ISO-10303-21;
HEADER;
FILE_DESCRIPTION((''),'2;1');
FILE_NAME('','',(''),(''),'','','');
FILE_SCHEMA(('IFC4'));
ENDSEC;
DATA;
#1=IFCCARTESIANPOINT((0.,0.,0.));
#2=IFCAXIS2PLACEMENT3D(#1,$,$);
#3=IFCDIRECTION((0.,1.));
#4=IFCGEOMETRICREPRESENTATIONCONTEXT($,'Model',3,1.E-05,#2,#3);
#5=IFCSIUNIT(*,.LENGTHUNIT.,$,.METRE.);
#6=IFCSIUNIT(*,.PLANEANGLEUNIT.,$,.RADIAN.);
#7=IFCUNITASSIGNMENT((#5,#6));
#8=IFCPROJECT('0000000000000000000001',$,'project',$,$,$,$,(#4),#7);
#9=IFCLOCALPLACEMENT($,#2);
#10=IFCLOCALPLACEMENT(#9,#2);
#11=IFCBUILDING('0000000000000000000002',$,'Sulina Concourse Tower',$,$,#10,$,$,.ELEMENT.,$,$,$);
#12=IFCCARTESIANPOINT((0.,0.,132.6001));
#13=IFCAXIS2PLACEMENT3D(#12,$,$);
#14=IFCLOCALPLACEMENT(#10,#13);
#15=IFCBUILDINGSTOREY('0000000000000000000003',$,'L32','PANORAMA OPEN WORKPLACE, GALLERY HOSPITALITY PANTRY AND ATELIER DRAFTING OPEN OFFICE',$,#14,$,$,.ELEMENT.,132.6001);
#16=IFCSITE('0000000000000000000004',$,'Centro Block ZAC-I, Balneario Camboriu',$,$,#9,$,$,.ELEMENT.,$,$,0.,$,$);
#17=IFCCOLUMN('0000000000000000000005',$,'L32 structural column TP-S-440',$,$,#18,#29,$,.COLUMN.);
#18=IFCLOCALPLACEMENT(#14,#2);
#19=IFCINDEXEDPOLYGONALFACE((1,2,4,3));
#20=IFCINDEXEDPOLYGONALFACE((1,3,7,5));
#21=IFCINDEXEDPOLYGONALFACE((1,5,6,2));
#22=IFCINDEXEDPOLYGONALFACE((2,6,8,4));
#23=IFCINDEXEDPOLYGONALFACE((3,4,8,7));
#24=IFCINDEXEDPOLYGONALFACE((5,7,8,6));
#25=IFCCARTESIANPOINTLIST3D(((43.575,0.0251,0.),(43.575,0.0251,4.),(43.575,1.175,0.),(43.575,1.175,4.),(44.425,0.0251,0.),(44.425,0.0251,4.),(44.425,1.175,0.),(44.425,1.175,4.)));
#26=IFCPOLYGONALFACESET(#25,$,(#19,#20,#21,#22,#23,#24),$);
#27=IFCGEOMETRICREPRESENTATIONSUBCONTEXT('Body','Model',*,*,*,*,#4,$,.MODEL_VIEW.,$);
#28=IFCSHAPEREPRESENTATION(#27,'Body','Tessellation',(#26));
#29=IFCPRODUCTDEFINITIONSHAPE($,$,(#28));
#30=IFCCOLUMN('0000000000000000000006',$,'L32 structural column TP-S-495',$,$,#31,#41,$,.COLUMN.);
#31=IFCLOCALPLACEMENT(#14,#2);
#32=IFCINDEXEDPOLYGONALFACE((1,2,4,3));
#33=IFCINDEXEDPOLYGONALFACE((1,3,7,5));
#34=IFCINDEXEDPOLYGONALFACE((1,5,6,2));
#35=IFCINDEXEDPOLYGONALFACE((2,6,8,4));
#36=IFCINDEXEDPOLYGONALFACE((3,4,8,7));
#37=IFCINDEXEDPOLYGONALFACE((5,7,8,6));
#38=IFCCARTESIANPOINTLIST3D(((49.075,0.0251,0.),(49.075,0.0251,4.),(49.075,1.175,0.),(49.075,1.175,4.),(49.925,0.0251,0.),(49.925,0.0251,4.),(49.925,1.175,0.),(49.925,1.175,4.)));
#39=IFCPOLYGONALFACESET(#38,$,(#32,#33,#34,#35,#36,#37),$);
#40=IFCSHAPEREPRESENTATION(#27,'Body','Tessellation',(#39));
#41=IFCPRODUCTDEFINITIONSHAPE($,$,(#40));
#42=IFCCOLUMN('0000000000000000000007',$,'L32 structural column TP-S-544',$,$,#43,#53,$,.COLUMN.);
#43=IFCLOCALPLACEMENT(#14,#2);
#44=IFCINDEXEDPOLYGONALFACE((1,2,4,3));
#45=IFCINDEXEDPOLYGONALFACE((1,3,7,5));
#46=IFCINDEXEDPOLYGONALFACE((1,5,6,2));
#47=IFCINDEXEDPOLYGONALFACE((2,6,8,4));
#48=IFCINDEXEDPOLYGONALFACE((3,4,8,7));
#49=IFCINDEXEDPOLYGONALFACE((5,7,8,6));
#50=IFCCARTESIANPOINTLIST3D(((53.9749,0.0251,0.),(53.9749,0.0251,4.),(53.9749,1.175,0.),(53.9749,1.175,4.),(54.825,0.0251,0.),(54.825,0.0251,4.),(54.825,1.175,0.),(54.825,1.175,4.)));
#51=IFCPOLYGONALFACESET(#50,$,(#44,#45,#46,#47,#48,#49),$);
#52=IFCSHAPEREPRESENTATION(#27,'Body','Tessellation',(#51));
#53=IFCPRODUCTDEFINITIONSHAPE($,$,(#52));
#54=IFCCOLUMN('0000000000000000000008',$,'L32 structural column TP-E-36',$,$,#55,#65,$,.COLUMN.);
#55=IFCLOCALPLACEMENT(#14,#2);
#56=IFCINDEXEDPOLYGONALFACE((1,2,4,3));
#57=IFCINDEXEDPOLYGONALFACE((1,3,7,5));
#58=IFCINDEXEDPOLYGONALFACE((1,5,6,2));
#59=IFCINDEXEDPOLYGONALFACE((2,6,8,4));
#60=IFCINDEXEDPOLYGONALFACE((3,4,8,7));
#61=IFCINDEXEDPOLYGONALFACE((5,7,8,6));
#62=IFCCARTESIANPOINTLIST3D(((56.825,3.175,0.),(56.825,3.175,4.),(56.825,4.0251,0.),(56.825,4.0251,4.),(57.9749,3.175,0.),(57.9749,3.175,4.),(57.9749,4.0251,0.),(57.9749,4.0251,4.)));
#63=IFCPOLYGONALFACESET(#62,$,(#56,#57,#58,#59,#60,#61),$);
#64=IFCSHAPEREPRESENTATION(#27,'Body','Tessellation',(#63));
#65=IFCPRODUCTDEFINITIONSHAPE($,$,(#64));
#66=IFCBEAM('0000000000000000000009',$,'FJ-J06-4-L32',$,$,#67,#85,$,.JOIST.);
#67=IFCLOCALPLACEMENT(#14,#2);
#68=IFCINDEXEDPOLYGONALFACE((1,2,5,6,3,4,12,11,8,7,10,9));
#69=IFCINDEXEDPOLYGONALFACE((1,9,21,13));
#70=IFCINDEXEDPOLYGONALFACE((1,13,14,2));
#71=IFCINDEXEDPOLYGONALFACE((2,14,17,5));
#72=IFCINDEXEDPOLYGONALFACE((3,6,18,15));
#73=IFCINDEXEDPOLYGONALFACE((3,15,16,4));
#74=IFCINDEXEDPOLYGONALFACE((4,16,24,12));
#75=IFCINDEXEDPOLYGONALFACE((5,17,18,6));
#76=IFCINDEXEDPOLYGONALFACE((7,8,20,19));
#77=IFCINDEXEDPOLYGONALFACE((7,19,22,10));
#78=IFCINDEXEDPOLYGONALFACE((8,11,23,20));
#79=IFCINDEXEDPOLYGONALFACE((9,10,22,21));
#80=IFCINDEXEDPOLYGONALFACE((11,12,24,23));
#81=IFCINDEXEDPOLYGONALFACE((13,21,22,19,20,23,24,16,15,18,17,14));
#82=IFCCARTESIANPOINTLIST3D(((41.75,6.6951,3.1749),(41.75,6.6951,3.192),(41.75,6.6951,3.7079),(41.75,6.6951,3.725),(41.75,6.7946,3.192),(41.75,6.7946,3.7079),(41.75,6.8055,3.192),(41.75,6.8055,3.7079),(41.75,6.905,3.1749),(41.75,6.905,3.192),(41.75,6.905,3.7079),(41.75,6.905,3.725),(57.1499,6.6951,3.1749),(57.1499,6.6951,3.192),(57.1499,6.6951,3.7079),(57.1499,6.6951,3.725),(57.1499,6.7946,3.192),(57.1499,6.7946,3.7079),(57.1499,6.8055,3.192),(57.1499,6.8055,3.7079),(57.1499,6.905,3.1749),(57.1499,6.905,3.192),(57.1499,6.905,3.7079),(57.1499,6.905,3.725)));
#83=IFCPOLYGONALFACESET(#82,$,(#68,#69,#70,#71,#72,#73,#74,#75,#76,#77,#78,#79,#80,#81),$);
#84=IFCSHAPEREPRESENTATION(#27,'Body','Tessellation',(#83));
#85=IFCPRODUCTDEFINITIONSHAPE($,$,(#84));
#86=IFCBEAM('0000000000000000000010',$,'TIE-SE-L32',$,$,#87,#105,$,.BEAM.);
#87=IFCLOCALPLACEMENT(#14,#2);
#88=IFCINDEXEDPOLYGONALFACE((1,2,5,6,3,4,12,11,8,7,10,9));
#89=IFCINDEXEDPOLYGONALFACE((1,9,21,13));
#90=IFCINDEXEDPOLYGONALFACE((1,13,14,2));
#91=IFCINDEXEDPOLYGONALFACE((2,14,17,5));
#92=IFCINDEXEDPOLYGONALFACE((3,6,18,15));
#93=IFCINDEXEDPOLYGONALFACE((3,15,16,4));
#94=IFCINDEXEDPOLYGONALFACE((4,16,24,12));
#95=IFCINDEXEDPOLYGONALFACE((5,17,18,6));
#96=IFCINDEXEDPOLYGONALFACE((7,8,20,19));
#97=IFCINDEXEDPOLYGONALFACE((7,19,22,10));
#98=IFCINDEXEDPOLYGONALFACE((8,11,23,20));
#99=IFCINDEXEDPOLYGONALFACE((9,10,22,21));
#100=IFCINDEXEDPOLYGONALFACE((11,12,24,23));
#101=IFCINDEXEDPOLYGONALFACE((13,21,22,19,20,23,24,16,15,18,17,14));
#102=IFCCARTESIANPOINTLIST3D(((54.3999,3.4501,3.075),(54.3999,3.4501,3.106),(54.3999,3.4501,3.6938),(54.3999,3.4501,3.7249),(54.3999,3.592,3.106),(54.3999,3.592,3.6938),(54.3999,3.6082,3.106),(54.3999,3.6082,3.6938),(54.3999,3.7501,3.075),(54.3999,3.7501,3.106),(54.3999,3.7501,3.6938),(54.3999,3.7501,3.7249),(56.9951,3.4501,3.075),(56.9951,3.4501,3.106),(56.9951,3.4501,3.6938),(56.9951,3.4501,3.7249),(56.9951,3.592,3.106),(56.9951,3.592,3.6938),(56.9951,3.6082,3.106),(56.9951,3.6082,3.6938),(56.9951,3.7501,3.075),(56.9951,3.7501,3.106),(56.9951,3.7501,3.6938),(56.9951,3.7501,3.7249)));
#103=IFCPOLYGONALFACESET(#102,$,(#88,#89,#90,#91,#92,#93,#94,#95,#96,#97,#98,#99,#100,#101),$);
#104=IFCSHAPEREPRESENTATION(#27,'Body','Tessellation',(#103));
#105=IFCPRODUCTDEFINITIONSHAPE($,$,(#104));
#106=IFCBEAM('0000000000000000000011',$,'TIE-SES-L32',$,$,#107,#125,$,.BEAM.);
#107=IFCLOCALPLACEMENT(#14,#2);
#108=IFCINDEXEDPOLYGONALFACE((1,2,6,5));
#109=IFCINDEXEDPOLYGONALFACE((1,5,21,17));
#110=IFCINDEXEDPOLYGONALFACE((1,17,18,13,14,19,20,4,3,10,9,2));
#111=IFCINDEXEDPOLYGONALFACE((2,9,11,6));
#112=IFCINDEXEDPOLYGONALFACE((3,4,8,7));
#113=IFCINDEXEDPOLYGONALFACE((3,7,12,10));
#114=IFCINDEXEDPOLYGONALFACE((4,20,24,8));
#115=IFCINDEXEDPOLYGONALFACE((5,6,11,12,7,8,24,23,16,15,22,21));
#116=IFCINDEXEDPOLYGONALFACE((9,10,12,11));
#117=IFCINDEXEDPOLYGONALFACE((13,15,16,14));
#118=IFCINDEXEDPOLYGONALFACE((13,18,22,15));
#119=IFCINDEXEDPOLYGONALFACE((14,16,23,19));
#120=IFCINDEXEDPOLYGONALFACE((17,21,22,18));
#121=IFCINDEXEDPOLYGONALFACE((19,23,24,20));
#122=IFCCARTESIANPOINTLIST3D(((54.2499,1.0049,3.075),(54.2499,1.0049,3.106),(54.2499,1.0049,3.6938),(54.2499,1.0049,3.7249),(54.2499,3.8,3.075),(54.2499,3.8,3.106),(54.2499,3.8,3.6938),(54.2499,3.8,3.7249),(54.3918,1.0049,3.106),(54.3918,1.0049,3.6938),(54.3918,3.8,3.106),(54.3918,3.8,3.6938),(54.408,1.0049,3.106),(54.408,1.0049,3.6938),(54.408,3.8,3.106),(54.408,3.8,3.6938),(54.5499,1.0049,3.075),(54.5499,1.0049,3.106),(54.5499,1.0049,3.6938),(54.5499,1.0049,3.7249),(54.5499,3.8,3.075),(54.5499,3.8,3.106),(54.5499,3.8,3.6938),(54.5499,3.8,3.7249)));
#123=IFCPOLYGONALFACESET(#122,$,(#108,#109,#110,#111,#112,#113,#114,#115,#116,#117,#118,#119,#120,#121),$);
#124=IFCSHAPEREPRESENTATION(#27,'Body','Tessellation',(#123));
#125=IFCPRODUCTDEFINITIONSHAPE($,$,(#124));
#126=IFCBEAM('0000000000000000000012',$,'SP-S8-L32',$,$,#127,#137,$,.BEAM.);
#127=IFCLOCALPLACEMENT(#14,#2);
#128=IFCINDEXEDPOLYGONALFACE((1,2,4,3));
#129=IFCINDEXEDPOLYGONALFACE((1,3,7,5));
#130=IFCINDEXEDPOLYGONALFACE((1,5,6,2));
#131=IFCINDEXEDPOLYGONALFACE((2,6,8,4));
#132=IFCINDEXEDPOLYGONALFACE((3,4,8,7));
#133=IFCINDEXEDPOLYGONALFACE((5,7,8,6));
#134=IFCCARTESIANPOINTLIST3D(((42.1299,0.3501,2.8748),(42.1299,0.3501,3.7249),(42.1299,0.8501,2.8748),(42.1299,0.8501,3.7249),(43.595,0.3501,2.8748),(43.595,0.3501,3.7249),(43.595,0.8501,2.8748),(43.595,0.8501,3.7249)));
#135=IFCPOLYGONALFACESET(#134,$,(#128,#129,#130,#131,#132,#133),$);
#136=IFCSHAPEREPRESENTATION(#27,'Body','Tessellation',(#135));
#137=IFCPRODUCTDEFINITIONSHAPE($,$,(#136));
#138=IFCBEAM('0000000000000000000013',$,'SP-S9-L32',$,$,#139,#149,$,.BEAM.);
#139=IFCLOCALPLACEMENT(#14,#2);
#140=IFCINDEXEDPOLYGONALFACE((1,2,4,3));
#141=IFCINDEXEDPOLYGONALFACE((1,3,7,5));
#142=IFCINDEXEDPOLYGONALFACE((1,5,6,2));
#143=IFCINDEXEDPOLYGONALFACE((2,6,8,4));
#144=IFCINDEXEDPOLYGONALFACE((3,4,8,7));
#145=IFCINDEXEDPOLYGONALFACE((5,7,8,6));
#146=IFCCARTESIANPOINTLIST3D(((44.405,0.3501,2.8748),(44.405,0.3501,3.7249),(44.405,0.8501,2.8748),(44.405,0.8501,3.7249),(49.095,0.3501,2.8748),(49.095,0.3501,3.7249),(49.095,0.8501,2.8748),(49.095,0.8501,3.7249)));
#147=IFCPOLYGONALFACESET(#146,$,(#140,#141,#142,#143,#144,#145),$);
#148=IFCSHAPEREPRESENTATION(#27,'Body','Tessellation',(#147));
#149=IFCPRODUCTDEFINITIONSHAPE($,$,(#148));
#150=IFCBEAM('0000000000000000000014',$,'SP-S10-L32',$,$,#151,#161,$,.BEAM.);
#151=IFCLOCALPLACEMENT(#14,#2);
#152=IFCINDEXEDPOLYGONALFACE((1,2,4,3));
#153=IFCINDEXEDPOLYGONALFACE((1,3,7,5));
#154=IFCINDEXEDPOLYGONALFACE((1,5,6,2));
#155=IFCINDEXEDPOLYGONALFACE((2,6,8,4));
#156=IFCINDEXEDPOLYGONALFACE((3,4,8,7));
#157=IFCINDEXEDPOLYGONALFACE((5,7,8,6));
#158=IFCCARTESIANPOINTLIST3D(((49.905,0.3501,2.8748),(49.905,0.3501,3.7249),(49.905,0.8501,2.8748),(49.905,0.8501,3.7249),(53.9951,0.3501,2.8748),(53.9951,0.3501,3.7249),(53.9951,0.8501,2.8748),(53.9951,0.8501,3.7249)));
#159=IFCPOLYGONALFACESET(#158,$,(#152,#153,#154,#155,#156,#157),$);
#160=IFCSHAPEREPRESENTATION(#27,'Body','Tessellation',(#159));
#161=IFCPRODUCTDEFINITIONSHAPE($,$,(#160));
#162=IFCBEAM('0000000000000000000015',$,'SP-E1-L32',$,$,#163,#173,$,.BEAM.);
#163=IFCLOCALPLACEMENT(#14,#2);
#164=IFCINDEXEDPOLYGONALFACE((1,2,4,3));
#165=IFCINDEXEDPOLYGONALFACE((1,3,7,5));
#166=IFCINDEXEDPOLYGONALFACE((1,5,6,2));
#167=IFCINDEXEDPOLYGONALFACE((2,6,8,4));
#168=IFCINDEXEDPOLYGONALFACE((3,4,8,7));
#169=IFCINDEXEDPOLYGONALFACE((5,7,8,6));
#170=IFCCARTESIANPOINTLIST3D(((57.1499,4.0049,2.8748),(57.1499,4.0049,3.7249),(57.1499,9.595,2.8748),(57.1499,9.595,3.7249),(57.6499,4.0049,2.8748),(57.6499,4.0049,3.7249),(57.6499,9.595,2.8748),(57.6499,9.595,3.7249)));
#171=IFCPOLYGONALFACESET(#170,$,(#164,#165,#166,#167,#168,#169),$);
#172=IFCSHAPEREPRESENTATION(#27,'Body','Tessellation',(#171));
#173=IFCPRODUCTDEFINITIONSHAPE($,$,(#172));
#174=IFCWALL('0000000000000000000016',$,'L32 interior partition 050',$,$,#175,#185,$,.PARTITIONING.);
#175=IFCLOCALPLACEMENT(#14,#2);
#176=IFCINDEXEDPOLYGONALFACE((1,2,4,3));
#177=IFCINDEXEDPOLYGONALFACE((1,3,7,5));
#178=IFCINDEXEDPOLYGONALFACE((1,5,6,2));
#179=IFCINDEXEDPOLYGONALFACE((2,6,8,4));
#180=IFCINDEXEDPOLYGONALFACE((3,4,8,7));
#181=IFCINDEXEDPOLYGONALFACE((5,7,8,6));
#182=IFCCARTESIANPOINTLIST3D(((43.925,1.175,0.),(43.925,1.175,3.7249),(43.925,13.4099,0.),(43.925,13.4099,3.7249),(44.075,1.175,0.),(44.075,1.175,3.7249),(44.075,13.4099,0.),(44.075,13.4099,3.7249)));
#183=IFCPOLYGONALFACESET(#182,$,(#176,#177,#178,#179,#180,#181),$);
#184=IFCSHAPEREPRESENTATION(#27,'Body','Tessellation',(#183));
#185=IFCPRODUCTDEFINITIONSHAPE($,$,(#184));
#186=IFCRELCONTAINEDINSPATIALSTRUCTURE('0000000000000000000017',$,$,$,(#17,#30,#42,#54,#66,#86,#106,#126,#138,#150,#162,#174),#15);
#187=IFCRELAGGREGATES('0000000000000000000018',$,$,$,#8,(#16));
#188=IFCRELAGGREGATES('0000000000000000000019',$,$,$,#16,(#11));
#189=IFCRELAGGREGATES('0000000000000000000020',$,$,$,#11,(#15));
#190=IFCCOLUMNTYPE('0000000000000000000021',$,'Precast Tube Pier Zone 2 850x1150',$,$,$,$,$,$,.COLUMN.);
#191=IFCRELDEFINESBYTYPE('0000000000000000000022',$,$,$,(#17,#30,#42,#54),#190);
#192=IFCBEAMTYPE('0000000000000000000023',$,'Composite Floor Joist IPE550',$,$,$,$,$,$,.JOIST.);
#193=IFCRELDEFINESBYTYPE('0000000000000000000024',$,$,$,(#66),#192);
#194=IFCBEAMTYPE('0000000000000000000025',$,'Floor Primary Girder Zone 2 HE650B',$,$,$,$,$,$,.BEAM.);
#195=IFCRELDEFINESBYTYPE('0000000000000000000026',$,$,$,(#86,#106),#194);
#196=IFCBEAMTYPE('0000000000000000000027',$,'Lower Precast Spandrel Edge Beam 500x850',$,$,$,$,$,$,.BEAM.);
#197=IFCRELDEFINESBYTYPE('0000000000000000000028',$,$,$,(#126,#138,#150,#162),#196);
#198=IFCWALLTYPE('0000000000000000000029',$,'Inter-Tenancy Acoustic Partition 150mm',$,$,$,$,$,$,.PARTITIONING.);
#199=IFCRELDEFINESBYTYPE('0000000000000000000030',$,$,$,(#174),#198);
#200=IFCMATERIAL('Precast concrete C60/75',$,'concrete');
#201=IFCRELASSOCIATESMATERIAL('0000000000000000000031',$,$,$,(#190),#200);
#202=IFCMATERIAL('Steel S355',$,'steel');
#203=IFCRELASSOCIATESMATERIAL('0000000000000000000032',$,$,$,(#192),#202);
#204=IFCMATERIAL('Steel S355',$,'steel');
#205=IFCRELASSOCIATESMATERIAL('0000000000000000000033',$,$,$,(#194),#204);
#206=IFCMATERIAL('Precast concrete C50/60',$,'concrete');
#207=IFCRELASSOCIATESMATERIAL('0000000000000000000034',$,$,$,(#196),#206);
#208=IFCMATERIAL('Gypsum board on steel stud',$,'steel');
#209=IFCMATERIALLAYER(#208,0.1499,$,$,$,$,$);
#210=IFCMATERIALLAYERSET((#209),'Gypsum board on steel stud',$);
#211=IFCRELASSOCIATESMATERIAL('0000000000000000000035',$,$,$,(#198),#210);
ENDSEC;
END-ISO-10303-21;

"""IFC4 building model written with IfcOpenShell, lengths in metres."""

from ifc_helpers import new_model, si_unit, direction, frame, frame_2d, origin, origin_2d, place, context, subcontext, project, spatial, rectangle, i_section, extrude, material, layer, layer_set, material_profile, profile_set, type_object, element, save


model = new_model("IFC4")

# Units and contexts
model_context = context("Model", 3, precision=1e-05, world=origin(), true_north=direction((0.0, 1.0)))
body_context = subcontext(model_context, "Body", "Model", "MODEL_VIEW")
ifc_project = project(units=[si_unit("LENGTHUNIT", "METRE"), si_unit("PLANEANGLEUNIT", "RADIAN")], contexts=[model_context])

# Site, building, storey
site_placement = place(None, origin())
site = spatial("IfcSite", under=ifc_project, at=site_placement, Name="Centro Block ZAC-I, Balneario Camboriu", CompositionType="ELEMENT", RefElevation=0.0)
building_placement = place(site_placement, origin())
building = spatial("IfcBuilding", under=site, at=building_placement, Name="Sulina Concourse Tower", CompositionType="ELEMENT")
storey_placement = place(building_placement, frame((0.0, 0.0, 132.6001)))
storey = spatial("IfcBuildingStorey", under=building, at=storey_placement, Name="L32", Description="PANORAMA OPEN WORKPLACE, GALLERY HOSPITALITY PANTRY AND ATELIER DRAFTING OPEN OFFICE", CompositionType="ELEMENT", Elevation=132.6001)

# Columns
ifc_material_1 = material(Name="Precast concrete C60/75", Category="concrete")
ifc_material_profile_1 = material_profile(ifc_material_1, rectangle(XDim=0.8501, YDim=1.1499, at=origin_2d()), Name="PC 850x1150")
ifc_profile_set_1 = profile_set([ifc_material_profile_1], Name="Precast concrete C60/75")
column_type = type_object("IfcColumnType", Name="Precast Tube Pier Zone 2 850x1150", PredefinedType="COLUMN", material=ifc_profile_set_1)
for number, where, z_axis, x_axis, name in (
    (1, (44.0, 0.6001, 0.0), (0.0, 0.0, 1.0), (1.0, 0.0, 0.0), "L32 structural column TP-S-440"),
    (2, (49.5, 0.6001, 0.0), (0.0, 0.0, 1.0), (1.0, 0.0, 0.0), "L32 structural column TP-S-495"),
    (3, (54.3999, 0.6001, 0.0), (0.0, 0.0, 1.0), (1.0, 0.0, 0.0), "L32 structural column TP-S-544"),
    (4, (57.3999, 3.6001, 0.0), (0.0, 0.0, 1.0), (0.0, 1.0, 0.0), "L32 structural column TP-E-36"),
):
    element("IfcColumn", number, at=place(storey_placement, frame(where, z_axis=z_axis, x_axis=x_axis)), inside=storey, type_object=column_type, Name=name, PredefinedType="COLUMN", context=body_context, shape_type="SweptSolid", body=[
        extrude(rectangle(XDim=0.8501, YDim=1.1499, at=origin_2d()), origin(), (0.0, 0.0, 1.0), 4.0),
    ])

# Beams
ifc_material_2 = material(Name="Steel S355", Category="steel")
ifc_material_profile_2 = material_profile(ifc_material_2, i_section(OverallWidth=0.21, OverallDepth=0.55, WebThickness=0.011, FlangeThickness=0.0171, at=origin_2d()), Name="IPE 550")
ifc_profile_set_2 = profile_set([ifc_material_profile_2], Name="Steel S355")
beam_type_1 = type_object("IfcBeamType", Name="Composite Floor Joist IPE550", PredefinedType="JOIST", material=ifc_profile_set_2)
beam_1_placement = place(storey_placement, frame((41.75, 6.8, 3.45), z_axis=(1.0, 0.0, 0.0), x_axis=(0.0, 1.0, 0.0)))
element("IfcBeam", 5, at=beam_1_placement, inside=storey, type_object=beam_type_1, Name="FJ-J06-4-L32", PredefinedType="JOIST", context=body_context, shape_type="SweptSolid", body=[
    extrude(i_section(OverallWidth=0.21, OverallDepth=0.55, WebThickness=0.011, FlangeThickness=0.0171, at=origin_2d()), origin(), (0.0, 0.0, 1.0), 15.3999),
])
ifc_material_3 = material(Name="Steel S355", Category="steel")
ifc_material_profile_3 = material_profile(ifc_material_3, i_section(OverallWidth=0.3, OverallDepth=0.6499, WebThickness=0.0161, FlangeThickness=0.031, at=origin_2d()), Name="HE 650 B")
ifc_profile_set_3 = profile_set([ifc_material_profile_3], Name="Steel S355")
beam_type_2 = type_object("IfcBeamType", Name="Floor Primary Girder Zone 2 HE650B", PredefinedType="BEAM", material=ifc_profile_set_3)
beam_2_placement = place(storey_placement, frame((54.3999, 3.6001, 3.3999), z_axis=(1.0, 0.0, 0.0), x_axis=(0.0, 1.0, 0.0)))
element("IfcBeam", 6, at=beam_2_placement, inside=storey, type_object=beam_type_2, Name="TIE-SE-L32", PredefinedType="BEAM", context=body_context, shape_type="SweptSolid", body=[
    extrude(i_section(OverallWidth=0.3, OverallDepth=0.6499, WebThickness=0.0161, FlangeThickness=0.031, at=origin_2d()), origin(), (0.0, 0.0, 1.0), 2.5952),
])
beam_3_placement = place(storey_placement, frame((54.3999, 1.0049, 3.3999), z_axis=(0.0, 1.0, 0.0), x_axis=(-1.0, 0.0, 0.0)))
element("IfcBeam", 7, at=beam_3_placement, inside=storey, type_object=beam_type_2, Name="TIE-SES-L32", PredefinedType="BEAM", context=body_context, shape_type="SweptSolid", body=[
    extrude(i_section(OverallWidth=0.3, OverallDepth=0.6499, WebThickness=0.0161, FlangeThickness=0.031, at=origin_2d()), origin(), (0.0, 0.0, 1.0), 2.7952),
])
ifc_material_4 = material(Name="Precast concrete C50/60", Category="concrete")
ifc_material_profile_4 = material_profile(ifc_material_4, rectangle(XDim=0.5, YDim=0.8501, at=origin_2d()), Name="RC 500x850")
ifc_profile_set_4 = profile_set([ifc_material_profile_4], Name="Precast concrete C50/60")
beam_type_3 = type_object("IfcBeamType", Name="Lower Precast Spandrel Edge Beam 500x850", PredefinedType="BEAM", material=ifc_profile_set_4)
beam_4_placement = place(storey_placement, frame((42.1299, 0.6001, 3.2998), z_axis=(1.0, 0.0, 0.0), x_axis=(0.0, 1.0, 0.0)))
element("IfcBeam", 8, at=beam_4_placement, inside=storey, type_object=beam_type_3, Name="SP-S8-L32", PredefinedType="BEAM", context=body_context, shape_type="SweptSolid", body=[
    extrude(rectangle(XDim=0.5, YDim=0.8501, at=origin_2d()), origin(), (0.0, 0.0, 1.0), 1.4651),
])
beam_5_placement = place(storey_placement, frame((44.405, 0.6001, 3.2998), z_axis=(1.0, 0.0, 0.0), x_axis=(0.0, 1.0, 0.0)))
element("IfcBeam", 9, at=beam_5_placement, inside=storey, type_object=beam_type_3, Name="SP-S9-L32", PredefinedType="BEAM", context=body_context, shape_type="SweptSolid", body=[
    extrude(rectangle(XDim=0.5, YDim=0.8501, at=origin_2d()), origin(), (0.0, 0.0, 1.0), 4.6899),
])
beam_6_placement = place(storey_placement, frame((49.905, 0.6001, 3.2998), z_axis=(1.0, 0.0, 0.0), x_axis=(0.0, 1.0, 0.0)))
element("IfcBeam", 10, at=beam_6_placement, inside=storey, type_object=beam_type_3, Name="SP-S10-L32", PredefinedType="BEAM", context=body_context, shape_type="SweptSolid", body=[
    extrude(rectangle(XDim=0.5, YDim=0.8501, at=origin_2d()), origin(), (0.0, 0.0, 1.0), 4.0901),
])
beam_7_placement = place(storey_placement, frame((57.3999, 4.0049, 3.2998), z_axis=(0.0, 1.0, 0.0), x_axis=(-1.0, 0.0, 0.0)))
element("IfcBeam", 11, at=beam_7_placement, inside=storey, type_object=beam_type_3, Name="SP-E1-L32", PredefinedType="BEAM", context=body_context, shape_type="SweptSolid", body=[
    extrude(rectangle(XDim=0.5, YDim=0.8501, at=origin_2d()), origin(), (0.0, 0.0, 1.0), 5.5901),
])

# Wall
ifc_material_5 = material(Name="Gypsum board on steel stud", Category="steel")
ifc_layer_1 = layer(ifc_material_5, 0.1499)
ifc_layer_set_1 = layer_set([ifc_layer_1], Name="Gypsum board on steel stud")
wall_type_1 = type_object("IfcWallType", Name="Inter-Tenancy Acoustic Partition 150mm", PredefinedType="PARTITIONING", material=ifc_layer_set_1)
wall_1_placement = place(storey_placement, frame((44.0, 1.175, 0.0), z_axis=(0.0, 0.0, 1.0), x_axis=(0.0, 1.0, 0.0)))
element("IfcWall", 12, at=wall_1_placement, inside=storey, type_object=wall_type_1, Name="L32 interior partition 050", PredefinedType="PARTITIONING", context=body_context, shape_type="SweptSolid", body=[
    extrude(rectangle(XDim=12.2349, YDim=0.1499, at=frame_2d((6.1174, 0.0))), origin(), (0.0, 0.0, 1.0), 3.7249),
])

save(model, "model.ifc")
